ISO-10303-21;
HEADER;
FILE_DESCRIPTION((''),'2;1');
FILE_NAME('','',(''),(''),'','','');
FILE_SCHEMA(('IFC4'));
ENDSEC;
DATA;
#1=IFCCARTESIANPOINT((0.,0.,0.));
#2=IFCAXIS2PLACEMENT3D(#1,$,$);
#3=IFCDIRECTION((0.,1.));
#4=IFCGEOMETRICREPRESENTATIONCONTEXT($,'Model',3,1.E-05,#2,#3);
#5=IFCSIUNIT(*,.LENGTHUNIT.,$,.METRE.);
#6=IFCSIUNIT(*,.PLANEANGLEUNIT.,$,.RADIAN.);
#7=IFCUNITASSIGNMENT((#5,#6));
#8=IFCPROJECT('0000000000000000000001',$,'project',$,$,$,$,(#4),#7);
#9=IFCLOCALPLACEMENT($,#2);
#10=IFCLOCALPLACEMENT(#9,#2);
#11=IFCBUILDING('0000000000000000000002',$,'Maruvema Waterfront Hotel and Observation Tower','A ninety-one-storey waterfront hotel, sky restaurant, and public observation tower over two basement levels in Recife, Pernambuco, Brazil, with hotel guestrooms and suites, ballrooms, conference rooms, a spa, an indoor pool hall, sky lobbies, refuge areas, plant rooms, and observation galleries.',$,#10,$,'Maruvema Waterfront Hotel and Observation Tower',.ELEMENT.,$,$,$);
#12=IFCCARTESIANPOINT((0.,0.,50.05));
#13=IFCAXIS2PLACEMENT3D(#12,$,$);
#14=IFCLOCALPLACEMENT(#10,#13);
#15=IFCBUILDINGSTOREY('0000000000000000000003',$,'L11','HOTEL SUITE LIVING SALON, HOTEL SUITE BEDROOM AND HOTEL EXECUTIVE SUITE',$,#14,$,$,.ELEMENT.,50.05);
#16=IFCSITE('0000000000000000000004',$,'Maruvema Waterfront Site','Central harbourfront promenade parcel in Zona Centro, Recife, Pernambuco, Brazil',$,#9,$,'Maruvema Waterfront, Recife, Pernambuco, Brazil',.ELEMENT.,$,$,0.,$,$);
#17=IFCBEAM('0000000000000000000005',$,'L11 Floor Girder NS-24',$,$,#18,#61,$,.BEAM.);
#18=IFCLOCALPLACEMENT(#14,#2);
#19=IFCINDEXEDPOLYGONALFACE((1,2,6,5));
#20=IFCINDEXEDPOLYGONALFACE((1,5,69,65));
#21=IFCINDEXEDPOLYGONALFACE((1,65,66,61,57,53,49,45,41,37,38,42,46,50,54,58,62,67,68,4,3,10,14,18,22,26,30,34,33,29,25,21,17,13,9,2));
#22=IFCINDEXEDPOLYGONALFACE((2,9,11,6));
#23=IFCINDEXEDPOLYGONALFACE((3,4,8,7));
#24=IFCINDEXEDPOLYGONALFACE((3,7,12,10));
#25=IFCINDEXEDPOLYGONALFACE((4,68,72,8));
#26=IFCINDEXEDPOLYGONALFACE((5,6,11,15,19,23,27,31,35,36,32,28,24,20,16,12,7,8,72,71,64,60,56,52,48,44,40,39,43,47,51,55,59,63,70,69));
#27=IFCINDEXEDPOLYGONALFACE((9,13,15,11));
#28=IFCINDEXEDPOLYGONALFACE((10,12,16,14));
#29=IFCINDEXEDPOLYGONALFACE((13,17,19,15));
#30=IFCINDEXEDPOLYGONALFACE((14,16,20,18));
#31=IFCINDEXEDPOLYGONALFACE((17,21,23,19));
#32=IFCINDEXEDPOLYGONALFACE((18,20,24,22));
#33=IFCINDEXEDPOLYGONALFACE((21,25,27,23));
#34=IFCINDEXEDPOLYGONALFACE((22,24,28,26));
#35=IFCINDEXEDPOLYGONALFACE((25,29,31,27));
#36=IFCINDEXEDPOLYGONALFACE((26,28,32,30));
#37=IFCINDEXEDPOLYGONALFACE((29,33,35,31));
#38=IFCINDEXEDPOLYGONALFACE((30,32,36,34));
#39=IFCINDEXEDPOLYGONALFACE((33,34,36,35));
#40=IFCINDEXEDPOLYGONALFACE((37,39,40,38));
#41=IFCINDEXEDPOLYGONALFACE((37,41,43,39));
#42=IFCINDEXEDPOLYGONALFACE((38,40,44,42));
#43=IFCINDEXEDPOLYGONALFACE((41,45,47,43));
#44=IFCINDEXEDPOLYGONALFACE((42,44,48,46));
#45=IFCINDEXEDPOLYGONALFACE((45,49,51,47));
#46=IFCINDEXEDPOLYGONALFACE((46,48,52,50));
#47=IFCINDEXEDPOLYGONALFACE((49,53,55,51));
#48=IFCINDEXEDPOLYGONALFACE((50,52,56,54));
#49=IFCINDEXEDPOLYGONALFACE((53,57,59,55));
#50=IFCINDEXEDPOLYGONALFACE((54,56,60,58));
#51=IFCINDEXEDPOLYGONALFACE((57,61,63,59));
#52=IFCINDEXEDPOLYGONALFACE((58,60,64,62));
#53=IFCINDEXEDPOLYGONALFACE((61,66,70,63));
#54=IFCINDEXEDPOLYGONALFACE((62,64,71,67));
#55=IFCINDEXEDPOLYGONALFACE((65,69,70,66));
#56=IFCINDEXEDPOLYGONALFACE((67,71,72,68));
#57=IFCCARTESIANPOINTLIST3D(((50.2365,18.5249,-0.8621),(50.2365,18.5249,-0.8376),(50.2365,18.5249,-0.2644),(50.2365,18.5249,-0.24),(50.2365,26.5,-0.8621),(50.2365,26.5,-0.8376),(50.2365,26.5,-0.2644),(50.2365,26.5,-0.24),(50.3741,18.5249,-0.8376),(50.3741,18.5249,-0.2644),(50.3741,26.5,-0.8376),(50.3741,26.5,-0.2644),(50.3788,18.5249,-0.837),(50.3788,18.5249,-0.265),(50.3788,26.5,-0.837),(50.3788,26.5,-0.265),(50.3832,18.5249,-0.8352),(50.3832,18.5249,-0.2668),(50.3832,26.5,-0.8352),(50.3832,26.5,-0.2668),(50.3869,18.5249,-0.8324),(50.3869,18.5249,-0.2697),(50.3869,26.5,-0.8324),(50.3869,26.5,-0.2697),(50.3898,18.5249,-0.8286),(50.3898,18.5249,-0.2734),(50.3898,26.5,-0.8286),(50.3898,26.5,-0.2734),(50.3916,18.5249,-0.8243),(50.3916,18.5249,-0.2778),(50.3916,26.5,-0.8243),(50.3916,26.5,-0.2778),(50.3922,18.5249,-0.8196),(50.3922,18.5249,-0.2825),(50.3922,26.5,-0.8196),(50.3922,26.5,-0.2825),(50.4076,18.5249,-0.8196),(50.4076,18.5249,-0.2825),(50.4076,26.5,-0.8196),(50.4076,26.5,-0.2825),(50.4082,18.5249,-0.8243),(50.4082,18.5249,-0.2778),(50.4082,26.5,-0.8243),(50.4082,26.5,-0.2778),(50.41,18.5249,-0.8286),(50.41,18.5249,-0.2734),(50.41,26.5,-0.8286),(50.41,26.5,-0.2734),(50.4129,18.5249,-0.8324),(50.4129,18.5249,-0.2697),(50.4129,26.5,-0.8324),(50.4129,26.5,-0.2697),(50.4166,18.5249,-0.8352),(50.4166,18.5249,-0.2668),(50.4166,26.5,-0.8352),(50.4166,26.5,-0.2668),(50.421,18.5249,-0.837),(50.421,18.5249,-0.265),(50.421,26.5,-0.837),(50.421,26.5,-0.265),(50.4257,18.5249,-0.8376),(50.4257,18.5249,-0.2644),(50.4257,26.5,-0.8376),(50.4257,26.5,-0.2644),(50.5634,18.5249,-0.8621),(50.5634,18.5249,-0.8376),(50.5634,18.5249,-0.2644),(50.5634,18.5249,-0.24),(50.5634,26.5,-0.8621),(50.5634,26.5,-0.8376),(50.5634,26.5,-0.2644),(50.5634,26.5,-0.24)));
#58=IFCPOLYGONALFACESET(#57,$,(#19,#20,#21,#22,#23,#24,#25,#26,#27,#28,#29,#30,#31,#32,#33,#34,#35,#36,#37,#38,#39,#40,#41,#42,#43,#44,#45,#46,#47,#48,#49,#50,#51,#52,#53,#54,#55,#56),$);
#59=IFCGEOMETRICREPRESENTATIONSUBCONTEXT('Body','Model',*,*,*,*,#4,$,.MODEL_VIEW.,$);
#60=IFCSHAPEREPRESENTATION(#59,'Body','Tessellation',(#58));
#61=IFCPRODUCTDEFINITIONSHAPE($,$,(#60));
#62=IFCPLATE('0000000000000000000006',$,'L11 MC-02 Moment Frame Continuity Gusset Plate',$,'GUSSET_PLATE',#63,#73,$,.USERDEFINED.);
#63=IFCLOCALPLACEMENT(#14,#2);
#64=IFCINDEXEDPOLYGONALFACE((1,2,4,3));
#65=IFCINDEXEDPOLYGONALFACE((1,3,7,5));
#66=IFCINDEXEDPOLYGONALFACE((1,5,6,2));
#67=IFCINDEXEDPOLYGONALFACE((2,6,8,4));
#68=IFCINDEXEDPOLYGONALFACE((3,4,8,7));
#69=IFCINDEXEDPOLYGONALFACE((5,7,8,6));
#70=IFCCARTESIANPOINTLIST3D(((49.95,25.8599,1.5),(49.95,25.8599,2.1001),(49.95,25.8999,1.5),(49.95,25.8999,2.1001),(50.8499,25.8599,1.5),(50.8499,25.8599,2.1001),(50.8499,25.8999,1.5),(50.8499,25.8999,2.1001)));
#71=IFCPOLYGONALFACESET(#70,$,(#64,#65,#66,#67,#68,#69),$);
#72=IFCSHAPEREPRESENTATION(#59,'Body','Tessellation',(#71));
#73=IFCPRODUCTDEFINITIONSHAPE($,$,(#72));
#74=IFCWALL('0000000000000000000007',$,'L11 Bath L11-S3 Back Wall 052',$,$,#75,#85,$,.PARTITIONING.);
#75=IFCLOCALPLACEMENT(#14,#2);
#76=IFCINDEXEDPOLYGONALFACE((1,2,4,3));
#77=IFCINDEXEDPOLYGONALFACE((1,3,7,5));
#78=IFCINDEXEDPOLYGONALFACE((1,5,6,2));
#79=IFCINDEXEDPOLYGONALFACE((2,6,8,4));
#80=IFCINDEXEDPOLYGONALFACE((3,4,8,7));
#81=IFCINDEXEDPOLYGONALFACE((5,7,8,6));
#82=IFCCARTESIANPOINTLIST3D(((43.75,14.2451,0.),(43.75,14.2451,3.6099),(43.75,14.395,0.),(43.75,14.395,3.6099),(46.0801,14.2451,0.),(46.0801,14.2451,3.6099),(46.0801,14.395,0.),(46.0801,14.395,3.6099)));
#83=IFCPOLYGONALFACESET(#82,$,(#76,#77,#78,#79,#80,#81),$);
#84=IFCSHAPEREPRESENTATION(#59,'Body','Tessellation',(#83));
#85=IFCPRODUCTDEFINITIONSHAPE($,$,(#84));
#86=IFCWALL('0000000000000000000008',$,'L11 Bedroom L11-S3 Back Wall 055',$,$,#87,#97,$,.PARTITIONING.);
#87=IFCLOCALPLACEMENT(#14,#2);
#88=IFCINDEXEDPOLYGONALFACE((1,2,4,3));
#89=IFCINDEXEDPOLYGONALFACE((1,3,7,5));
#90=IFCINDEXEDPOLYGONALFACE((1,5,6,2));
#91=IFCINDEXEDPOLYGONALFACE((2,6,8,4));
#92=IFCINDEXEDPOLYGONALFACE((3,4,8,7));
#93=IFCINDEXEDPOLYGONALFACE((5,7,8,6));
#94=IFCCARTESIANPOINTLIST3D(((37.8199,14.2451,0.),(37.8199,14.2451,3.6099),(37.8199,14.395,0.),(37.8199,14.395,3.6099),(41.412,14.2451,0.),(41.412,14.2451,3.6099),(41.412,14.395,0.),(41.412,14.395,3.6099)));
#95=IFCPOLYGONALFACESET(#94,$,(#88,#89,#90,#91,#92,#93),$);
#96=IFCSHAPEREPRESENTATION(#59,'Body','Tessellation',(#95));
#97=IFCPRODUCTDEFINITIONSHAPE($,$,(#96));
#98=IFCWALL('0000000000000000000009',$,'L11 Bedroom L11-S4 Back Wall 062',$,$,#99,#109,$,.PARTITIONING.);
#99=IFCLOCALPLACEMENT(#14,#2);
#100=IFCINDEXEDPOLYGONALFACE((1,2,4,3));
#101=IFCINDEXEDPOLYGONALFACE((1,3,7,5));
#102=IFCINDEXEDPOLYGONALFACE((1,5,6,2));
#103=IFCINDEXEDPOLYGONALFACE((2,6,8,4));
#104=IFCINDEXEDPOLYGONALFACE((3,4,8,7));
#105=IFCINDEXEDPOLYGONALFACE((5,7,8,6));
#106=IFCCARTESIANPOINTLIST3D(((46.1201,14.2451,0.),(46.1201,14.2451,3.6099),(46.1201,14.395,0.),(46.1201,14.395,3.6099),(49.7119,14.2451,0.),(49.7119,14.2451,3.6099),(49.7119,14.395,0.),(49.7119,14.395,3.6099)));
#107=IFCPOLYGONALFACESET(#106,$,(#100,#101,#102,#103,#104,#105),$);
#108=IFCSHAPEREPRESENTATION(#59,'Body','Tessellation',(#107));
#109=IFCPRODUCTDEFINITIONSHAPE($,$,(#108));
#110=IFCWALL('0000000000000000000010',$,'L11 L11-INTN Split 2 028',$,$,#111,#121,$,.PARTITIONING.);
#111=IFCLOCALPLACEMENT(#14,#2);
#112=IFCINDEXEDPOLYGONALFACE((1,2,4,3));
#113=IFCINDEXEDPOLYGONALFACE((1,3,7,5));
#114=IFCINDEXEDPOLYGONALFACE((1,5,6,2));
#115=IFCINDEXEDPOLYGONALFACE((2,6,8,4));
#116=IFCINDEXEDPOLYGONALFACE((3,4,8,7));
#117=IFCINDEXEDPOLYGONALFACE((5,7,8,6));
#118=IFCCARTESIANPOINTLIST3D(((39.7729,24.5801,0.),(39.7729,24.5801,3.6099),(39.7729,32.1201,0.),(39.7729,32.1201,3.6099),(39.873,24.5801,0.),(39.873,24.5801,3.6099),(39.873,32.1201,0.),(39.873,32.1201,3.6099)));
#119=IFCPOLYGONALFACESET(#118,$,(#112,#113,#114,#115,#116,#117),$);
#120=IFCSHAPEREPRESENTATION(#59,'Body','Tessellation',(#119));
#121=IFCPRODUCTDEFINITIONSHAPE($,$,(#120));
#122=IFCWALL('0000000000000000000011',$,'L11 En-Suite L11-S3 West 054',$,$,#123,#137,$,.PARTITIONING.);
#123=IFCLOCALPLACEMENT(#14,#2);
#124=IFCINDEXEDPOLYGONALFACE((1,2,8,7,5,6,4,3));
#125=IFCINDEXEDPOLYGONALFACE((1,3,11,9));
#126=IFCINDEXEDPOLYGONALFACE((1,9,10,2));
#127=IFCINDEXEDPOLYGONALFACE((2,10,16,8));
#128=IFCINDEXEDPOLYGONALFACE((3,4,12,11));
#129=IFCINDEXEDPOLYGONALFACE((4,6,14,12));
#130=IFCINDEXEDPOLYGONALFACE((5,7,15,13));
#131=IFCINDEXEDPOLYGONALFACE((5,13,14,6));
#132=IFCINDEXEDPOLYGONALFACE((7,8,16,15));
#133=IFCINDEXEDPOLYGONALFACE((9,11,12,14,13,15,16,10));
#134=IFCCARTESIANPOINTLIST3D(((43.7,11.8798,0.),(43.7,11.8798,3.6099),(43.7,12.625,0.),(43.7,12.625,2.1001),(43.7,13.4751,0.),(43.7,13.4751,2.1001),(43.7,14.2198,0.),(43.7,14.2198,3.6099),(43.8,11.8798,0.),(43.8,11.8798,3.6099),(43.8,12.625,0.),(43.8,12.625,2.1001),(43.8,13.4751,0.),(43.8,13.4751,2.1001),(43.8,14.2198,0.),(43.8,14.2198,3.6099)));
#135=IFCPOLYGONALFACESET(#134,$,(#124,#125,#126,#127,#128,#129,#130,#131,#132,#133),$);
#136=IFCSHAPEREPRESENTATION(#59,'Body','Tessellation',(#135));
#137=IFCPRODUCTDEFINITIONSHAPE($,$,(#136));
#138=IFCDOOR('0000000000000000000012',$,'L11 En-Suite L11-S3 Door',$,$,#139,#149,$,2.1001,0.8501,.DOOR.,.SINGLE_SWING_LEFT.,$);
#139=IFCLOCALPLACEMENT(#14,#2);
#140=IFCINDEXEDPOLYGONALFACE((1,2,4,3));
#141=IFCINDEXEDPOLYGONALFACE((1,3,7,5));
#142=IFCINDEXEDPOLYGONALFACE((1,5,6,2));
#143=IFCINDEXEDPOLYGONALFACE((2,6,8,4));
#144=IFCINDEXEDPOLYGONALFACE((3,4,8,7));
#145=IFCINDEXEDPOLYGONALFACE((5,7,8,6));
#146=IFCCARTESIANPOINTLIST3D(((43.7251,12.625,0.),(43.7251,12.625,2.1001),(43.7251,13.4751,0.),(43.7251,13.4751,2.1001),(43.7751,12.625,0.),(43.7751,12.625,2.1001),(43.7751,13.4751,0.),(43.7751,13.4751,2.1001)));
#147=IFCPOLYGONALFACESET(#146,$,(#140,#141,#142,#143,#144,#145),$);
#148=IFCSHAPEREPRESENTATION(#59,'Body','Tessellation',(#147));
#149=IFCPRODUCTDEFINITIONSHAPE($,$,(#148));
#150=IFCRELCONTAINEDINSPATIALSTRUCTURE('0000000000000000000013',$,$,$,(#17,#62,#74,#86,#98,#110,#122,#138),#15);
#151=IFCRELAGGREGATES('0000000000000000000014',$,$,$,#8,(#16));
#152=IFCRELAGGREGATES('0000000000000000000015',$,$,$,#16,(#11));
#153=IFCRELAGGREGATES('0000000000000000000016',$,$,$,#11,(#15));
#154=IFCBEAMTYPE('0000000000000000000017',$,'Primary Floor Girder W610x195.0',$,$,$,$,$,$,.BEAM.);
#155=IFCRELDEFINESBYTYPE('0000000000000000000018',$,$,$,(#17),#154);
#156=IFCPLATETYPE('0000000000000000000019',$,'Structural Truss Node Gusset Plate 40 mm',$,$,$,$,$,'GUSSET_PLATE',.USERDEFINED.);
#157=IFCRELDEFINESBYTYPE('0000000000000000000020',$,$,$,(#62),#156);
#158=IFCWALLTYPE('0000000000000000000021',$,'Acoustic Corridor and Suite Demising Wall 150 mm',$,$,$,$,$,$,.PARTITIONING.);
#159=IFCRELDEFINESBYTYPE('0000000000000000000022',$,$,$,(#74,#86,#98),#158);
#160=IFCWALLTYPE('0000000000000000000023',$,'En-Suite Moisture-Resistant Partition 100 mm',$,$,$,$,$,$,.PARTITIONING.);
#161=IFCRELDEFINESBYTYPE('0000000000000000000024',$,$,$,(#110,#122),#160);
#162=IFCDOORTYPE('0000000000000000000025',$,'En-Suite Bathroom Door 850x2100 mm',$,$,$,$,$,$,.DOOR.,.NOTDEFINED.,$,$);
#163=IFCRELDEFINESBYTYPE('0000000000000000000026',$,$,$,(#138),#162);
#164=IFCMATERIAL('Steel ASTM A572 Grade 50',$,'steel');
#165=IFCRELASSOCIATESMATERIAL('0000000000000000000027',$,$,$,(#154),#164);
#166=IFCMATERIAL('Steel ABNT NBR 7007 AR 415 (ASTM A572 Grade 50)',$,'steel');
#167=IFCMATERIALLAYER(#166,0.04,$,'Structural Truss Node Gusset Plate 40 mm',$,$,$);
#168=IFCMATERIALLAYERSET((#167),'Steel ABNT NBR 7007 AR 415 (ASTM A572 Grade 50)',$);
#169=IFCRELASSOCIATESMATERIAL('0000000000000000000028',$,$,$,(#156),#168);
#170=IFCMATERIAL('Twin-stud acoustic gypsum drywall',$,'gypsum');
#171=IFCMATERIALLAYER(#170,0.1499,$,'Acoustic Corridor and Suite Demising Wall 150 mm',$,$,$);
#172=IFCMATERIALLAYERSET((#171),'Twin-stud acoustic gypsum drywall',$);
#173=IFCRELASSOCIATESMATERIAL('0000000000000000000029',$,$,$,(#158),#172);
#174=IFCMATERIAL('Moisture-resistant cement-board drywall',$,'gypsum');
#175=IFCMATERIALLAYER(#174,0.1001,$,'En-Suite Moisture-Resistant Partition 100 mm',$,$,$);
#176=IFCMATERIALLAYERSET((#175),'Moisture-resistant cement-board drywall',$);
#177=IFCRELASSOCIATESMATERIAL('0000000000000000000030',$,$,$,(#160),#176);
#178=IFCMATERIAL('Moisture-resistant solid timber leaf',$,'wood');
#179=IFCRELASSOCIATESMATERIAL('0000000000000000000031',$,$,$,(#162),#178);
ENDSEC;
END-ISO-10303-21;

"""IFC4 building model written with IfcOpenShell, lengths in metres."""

from ifc_helpers import new_model, si_unit, direction, frame, frame_2d, origin, origin_2d, place, context, subcontext, project, spatial, rectangle, i_section, extrude, material, layer, layer_set, material_profile, profile_set, type_object, element, fill, save


model = new_model("IFC4")

# Units and contexts
model_context = context("Model", 3, precision=1e-05, world=origin(), true_north=direction((0.0, 1.0)))
body_context = subcontext(model_context, "Body", "Model", "MODEL_VIEW")
ifc_project = project(units=[si_unit("LENGTHUNIT", "METRE"), si_unit("PLANEANGLEUNIT", "RADIAN")], contexts=[model_context])

# Site, building, storey
site_placement = place(None, origin())
site = spatial("IfcSite", under=ifc_project, at=site_placement, Name="Maruvema Waterfront Site", Description="Central harbourfront promenade parcel in Zona Centro, Recife, Pernambuco, Brazil", LongName="Maruvema Waterfront, Recife, Pernambuco, Brazil", CompositionType="ELEMENT", RefElevation=0.0)
building_placement = place(site_placement, origin())
building = spatial("IfcBuilding", under=site, at=building_placement, Name="Maruvema Waterfront Hotel and Observation Tower", Description="A ninety-one-storey waterfront hotel, sky restaurant, and public observation tower over two basement levels in Recife, Pernambuco, Brazil, with hotel guestrooms and suites, ballrooms, conference rooms, a spa, an indoor pool hall, sky lobbies, refuge areas, plant rooms, and observation galleries.", LongName="Maruvema Waterfront Hotel and Observation Tower", CompositionType="ELEMENT")
storey_placement = place(building_placement, frame((0.0, 0.0, 50.05)))
storey = spatial("IfcBuildingStorey", under=building, at=storey_placement, Name="L11", Description="HOTEL SUITE LIVING SALON, HOTEL SUITE BEDROOM AND HOTEL EXECUTIVE SUITE", CompositionType="ELEMENT", Elevation=50.05)

# Beam
ifc_material_1 = material(Name="Steel ASTM A572 Grade 50", Category="steel")
ifc_material_profile_1 = material_profile(ifc_material_1, i_section(OverallWidth=0.3269, OverallDepth=0.6221, WebThickness=0.0154, FlangeThickness=0.0244, FilletRadius=0.0181, at=origin_2d()), Name="W610x195.0")
ifc_profile_set_1 = profile_set([ifc_material_profile_1], Name="Steel ASTM A572 Grade 50")
beam_type = type_object("IfcBeamType", Name="Primary Floor Girder W610x195.0", PredefinedType="BEAM", material=ifc_profile_set_1)
beam_1_placement = place(storey_placement, frame((50.3999, 18.5249, -0.551), z_axis=(0.0, 1.0, 0.0), x_axis=(-1.0, 0.0, 0.0)))
element("IfcBeam", 1, at=beam_1_placement, inside=storey, type_object=beam_type, Name="L11 Floor Girder NS-24", PredefinedType="BEAM", context=body_context, shape_type="SweptSolid", body=[
    extrude(i_section(OverallWidth=0.3269, OverallDepth=0.6221, WebThickness=0.0154, FlangeThickness=0.0244, FilletRadius=0.0181, at=origin_2d()), origin(), (0.0, 0.0, 1.0), 7.9751),
])

# Plate
ifc_material_2 = material(Name="Steel ABNT NBR 7007 AR 415 (ASTM A572 Grade 50)", Category="steel")
ifc_layer_1 = layer(ifc_material_2, 0.04, Name="Structural Truss Node Gusset Plate 40 mm")
ifc_layer_set_1 = layer_set([ifc_layer_1], Name="Steel ABNT NBR 7007 AR 415 (ASTM A572 Grade 50)")
plate_type = type_object("IfcPlateType", Name="Structural Truss Node Gusset Plate 40 mm", ElementType="GUSSET_PLATE", PredefinedType="USERDEFINED", material=ifc_layer_set_1)
plate_placement = place(storey_placement, frame((50.3999, 25.8799, 1.5), z_axis=(0.0, 0.0, 1.0), x_axis=(1.0, 0.0, 0.0)))
element("IfcPlate", 2, at=plate_placement, inside=storey, type_object=plate_type, Name="L11 MC-02 Moment Frame Continuity Gusset Plate", ObjectType="GUSSET_PLATE", PredefinedType="USERDEFINED", context=body_context, shape_type="SweptSolid", body=[
    extrude(rectangle(XDim=0.8999, YDim=0.04, at=origin_2d()), origin(), (0.0, 0.0, 1.0), 0.6001),
])

# Walls
ifc_material_3 = material(Name="Twin-stud acoustic gypsum drywall", Category="gypsum")
ifc_layer_2 = layer(ifc_material_3, 0.1499, Name="Acoustic Corridor and Suite Demising Wall 150 mm")
ifc_layer_set_2 = layer_set([ifc_layer_2], Name="Twin-stud acoustic gypsum drywall")
wall_type_1 = type_object("IfcWallType", Name="Acoustic Corridor and Suite Demising Wall 150 mm", PredefinedType="PARTITIONING", material=ifc_layer_set_2)
wall_1_placement = place(storey_placement, frame((43.75, 14.3201, 0.0), z_axis=(0.0, 0.0, 1.0), x_axis=(1.0, 0.0, 0.0)))
element("IfcWall", 3, at=wall_1_placement, inside=storey, type_object=wall_type_1, Name="L11 Bath L11-S3 Back Wall 052", PredefinedType="PARTITIONING", context=body_context, shape_type="SweptSolid", body=[
    extrude(rectangle(XDim=2.3301, YDim=0.1499, at=frame_2d((1.165, 0.0))), origin(), (0.0, 0.0, 1.0), 3.6099),
])
wall_2_placement = place(storey_placement, frame((37.8201, 14.3201, 0.0), z_axis=(0.0, 0.0, 1.0), x_axis=(1.0, 0.0, 0.0)))
element("IfcWall", 4, at=wall_2_placement, inside=storey, type_object=wall_type_1, Name="L11 Bedroom L11-S3 Back Wall 055", PredefinedType="PARTITIONING", context=body_context, shape_type="SweptSolid", body=[
    extrude(rectangle(XDim=3.592, YDim=0.1499, at=frame_2d((1.7959, 0.0))), origin(), (0.0, 0.0, 1.0), 3.6099),
])

# Wall
wall_3_placement = place(storey_placement, frame((46.1201, 14.3201, 0.0), z_axis=(0.0, 0.0, 1.0), x_axis=(1.0, 0.0, 0.0)))
element("IfcWall", 5, at=wall_3_placement, inside=storey, type_object=wall_type_1, Name="L11 Bedroom L11-S4 Back Wall 062", PredefinedType="PARTITIONING", context=body_context, shape_type="SweptSolid", body=[
    extrude(rectangle(XDim=3.5918, YDim=0.1499, at=frame_2d((1.7959, 0.0))), origin(), (0.0, 0.0, 1.0), 3.6099),
])

# Wall
ifc_material_4 = material(Name="Moisture-resistant cement-board drywall", Category="gypsum")
ifc_layer_3 = layer(ifc_material_4, 0.1001, Name="En-Suite Moisture-Resistant Partition 100 mm")
ifc_layer_set_3 = layer_set([ifc_layer_3], Name="Moisture-resistant cement-board drywall")
wall_type_2 = type_object("IfcWallType", Name="En-Suite Moisture-Resistant Partition 100 mm", PredefinedType="PARTITIONING", material=ifc_layer_set_3)
wall_4_placement = place(storey_placement, frame((39.823, 24.5801, 0.0), z_axis=(0.0, 0.0, 1.0), x_axis=(0.0, 1.0, 0.0)))
element("IfcWall", 6, at=wall_4_placement, inside=storey, type_object=wall_type_2, Name="L11 L11-INTN Split 2 028", PredefinedType="PARTITIONING", context=body_context, shape_type="SweptSolid", body=[
    extrude(rectangle(XDim=7.54, YDim=0.1001, at=frame_2d((3.77, 0.0))), origin(), (0.0, 0.0, 1.0), 3.6099),
])

# Wall, opening, door
wall_5_placement = place(storey_placement, frame((43.75, 11.8799, 0.0), z_axis=(0.0, 0.0, 1.0), x_axis=(0.0, 1.0, 0.0)))
wall_5 = element("IfcWall", 7, at=wall_5_placement, inside=storey, type_object=wall_type_2, Name="L11 En-Suite L11-S3 West 054", PredefinedType="PARTITIONING", context=body_context, shape_type="SweptSolid", body=[
    extrude(rectangle(XDim=2.3401, YDim=0.1001, at=frame_2d((1.1699, 0.0))), origin(), (0.0, 0.0, 1.0), 3.6099),
])
opening_1_placement = place(wall_5_placement, frame((0.7451, 0.0, 0.0)))
opening_1 = element("IfcOpeningElement", 8, at=opening_1_placement, cuts=wall_5, PredefinedType="OPENING", context=body_context, shape_type="SweptSolid", body=[
    extrude(rectangle(XDim=0.8501, YDim=2.1001, at=frame_2d((0.425, 1.05))), frame((0.0, 0.0601, 0.0), z_axis=(0.0, -1.0, 0.0), x_axis=(1.0, 0.0, 0.0)), (0.0, 0.0, 1.0), 0.1201),
])
ifc_material_5 = material(Name="Moisture-resistant solid timber leaf", Category="wood")
door_type_1 = type_object("IfcDoorType", Name="En-Suite Bathroom Door 850x2100 mm", OperationType="NOTDEFINED", PredefinedType="DOOR", material=ifc_material_5)
door_1_placement = place(opening_1_placement, origin())
door_1 = element("IfcDoor", 9, at=door_1_placement, inside=storey, type_object=door_type_1, Name="L11 En-Suite L11-S3 Door", OperationType="SINGLE_SWING_LEFT", OverallHeight=2.1001, OverallWidth=0.8501, PredefinedType="DOOR", context=body_context, shape_type="SweptSolid", body=[
    extrude(rectangle(XDim=0.8501, YDim=2.1001, at=frame_2d((0.425, 1.05))), frame((0.0, 0.0249, 0.0), z_axis=(0.0, -1.0, 0.0), x_axis=(1.0, 0.0, 0.0)), (0.0, 0.0, 1.0), 0.05),
])
fill(opening_1, door_1)

save(model, "model.ifc")
